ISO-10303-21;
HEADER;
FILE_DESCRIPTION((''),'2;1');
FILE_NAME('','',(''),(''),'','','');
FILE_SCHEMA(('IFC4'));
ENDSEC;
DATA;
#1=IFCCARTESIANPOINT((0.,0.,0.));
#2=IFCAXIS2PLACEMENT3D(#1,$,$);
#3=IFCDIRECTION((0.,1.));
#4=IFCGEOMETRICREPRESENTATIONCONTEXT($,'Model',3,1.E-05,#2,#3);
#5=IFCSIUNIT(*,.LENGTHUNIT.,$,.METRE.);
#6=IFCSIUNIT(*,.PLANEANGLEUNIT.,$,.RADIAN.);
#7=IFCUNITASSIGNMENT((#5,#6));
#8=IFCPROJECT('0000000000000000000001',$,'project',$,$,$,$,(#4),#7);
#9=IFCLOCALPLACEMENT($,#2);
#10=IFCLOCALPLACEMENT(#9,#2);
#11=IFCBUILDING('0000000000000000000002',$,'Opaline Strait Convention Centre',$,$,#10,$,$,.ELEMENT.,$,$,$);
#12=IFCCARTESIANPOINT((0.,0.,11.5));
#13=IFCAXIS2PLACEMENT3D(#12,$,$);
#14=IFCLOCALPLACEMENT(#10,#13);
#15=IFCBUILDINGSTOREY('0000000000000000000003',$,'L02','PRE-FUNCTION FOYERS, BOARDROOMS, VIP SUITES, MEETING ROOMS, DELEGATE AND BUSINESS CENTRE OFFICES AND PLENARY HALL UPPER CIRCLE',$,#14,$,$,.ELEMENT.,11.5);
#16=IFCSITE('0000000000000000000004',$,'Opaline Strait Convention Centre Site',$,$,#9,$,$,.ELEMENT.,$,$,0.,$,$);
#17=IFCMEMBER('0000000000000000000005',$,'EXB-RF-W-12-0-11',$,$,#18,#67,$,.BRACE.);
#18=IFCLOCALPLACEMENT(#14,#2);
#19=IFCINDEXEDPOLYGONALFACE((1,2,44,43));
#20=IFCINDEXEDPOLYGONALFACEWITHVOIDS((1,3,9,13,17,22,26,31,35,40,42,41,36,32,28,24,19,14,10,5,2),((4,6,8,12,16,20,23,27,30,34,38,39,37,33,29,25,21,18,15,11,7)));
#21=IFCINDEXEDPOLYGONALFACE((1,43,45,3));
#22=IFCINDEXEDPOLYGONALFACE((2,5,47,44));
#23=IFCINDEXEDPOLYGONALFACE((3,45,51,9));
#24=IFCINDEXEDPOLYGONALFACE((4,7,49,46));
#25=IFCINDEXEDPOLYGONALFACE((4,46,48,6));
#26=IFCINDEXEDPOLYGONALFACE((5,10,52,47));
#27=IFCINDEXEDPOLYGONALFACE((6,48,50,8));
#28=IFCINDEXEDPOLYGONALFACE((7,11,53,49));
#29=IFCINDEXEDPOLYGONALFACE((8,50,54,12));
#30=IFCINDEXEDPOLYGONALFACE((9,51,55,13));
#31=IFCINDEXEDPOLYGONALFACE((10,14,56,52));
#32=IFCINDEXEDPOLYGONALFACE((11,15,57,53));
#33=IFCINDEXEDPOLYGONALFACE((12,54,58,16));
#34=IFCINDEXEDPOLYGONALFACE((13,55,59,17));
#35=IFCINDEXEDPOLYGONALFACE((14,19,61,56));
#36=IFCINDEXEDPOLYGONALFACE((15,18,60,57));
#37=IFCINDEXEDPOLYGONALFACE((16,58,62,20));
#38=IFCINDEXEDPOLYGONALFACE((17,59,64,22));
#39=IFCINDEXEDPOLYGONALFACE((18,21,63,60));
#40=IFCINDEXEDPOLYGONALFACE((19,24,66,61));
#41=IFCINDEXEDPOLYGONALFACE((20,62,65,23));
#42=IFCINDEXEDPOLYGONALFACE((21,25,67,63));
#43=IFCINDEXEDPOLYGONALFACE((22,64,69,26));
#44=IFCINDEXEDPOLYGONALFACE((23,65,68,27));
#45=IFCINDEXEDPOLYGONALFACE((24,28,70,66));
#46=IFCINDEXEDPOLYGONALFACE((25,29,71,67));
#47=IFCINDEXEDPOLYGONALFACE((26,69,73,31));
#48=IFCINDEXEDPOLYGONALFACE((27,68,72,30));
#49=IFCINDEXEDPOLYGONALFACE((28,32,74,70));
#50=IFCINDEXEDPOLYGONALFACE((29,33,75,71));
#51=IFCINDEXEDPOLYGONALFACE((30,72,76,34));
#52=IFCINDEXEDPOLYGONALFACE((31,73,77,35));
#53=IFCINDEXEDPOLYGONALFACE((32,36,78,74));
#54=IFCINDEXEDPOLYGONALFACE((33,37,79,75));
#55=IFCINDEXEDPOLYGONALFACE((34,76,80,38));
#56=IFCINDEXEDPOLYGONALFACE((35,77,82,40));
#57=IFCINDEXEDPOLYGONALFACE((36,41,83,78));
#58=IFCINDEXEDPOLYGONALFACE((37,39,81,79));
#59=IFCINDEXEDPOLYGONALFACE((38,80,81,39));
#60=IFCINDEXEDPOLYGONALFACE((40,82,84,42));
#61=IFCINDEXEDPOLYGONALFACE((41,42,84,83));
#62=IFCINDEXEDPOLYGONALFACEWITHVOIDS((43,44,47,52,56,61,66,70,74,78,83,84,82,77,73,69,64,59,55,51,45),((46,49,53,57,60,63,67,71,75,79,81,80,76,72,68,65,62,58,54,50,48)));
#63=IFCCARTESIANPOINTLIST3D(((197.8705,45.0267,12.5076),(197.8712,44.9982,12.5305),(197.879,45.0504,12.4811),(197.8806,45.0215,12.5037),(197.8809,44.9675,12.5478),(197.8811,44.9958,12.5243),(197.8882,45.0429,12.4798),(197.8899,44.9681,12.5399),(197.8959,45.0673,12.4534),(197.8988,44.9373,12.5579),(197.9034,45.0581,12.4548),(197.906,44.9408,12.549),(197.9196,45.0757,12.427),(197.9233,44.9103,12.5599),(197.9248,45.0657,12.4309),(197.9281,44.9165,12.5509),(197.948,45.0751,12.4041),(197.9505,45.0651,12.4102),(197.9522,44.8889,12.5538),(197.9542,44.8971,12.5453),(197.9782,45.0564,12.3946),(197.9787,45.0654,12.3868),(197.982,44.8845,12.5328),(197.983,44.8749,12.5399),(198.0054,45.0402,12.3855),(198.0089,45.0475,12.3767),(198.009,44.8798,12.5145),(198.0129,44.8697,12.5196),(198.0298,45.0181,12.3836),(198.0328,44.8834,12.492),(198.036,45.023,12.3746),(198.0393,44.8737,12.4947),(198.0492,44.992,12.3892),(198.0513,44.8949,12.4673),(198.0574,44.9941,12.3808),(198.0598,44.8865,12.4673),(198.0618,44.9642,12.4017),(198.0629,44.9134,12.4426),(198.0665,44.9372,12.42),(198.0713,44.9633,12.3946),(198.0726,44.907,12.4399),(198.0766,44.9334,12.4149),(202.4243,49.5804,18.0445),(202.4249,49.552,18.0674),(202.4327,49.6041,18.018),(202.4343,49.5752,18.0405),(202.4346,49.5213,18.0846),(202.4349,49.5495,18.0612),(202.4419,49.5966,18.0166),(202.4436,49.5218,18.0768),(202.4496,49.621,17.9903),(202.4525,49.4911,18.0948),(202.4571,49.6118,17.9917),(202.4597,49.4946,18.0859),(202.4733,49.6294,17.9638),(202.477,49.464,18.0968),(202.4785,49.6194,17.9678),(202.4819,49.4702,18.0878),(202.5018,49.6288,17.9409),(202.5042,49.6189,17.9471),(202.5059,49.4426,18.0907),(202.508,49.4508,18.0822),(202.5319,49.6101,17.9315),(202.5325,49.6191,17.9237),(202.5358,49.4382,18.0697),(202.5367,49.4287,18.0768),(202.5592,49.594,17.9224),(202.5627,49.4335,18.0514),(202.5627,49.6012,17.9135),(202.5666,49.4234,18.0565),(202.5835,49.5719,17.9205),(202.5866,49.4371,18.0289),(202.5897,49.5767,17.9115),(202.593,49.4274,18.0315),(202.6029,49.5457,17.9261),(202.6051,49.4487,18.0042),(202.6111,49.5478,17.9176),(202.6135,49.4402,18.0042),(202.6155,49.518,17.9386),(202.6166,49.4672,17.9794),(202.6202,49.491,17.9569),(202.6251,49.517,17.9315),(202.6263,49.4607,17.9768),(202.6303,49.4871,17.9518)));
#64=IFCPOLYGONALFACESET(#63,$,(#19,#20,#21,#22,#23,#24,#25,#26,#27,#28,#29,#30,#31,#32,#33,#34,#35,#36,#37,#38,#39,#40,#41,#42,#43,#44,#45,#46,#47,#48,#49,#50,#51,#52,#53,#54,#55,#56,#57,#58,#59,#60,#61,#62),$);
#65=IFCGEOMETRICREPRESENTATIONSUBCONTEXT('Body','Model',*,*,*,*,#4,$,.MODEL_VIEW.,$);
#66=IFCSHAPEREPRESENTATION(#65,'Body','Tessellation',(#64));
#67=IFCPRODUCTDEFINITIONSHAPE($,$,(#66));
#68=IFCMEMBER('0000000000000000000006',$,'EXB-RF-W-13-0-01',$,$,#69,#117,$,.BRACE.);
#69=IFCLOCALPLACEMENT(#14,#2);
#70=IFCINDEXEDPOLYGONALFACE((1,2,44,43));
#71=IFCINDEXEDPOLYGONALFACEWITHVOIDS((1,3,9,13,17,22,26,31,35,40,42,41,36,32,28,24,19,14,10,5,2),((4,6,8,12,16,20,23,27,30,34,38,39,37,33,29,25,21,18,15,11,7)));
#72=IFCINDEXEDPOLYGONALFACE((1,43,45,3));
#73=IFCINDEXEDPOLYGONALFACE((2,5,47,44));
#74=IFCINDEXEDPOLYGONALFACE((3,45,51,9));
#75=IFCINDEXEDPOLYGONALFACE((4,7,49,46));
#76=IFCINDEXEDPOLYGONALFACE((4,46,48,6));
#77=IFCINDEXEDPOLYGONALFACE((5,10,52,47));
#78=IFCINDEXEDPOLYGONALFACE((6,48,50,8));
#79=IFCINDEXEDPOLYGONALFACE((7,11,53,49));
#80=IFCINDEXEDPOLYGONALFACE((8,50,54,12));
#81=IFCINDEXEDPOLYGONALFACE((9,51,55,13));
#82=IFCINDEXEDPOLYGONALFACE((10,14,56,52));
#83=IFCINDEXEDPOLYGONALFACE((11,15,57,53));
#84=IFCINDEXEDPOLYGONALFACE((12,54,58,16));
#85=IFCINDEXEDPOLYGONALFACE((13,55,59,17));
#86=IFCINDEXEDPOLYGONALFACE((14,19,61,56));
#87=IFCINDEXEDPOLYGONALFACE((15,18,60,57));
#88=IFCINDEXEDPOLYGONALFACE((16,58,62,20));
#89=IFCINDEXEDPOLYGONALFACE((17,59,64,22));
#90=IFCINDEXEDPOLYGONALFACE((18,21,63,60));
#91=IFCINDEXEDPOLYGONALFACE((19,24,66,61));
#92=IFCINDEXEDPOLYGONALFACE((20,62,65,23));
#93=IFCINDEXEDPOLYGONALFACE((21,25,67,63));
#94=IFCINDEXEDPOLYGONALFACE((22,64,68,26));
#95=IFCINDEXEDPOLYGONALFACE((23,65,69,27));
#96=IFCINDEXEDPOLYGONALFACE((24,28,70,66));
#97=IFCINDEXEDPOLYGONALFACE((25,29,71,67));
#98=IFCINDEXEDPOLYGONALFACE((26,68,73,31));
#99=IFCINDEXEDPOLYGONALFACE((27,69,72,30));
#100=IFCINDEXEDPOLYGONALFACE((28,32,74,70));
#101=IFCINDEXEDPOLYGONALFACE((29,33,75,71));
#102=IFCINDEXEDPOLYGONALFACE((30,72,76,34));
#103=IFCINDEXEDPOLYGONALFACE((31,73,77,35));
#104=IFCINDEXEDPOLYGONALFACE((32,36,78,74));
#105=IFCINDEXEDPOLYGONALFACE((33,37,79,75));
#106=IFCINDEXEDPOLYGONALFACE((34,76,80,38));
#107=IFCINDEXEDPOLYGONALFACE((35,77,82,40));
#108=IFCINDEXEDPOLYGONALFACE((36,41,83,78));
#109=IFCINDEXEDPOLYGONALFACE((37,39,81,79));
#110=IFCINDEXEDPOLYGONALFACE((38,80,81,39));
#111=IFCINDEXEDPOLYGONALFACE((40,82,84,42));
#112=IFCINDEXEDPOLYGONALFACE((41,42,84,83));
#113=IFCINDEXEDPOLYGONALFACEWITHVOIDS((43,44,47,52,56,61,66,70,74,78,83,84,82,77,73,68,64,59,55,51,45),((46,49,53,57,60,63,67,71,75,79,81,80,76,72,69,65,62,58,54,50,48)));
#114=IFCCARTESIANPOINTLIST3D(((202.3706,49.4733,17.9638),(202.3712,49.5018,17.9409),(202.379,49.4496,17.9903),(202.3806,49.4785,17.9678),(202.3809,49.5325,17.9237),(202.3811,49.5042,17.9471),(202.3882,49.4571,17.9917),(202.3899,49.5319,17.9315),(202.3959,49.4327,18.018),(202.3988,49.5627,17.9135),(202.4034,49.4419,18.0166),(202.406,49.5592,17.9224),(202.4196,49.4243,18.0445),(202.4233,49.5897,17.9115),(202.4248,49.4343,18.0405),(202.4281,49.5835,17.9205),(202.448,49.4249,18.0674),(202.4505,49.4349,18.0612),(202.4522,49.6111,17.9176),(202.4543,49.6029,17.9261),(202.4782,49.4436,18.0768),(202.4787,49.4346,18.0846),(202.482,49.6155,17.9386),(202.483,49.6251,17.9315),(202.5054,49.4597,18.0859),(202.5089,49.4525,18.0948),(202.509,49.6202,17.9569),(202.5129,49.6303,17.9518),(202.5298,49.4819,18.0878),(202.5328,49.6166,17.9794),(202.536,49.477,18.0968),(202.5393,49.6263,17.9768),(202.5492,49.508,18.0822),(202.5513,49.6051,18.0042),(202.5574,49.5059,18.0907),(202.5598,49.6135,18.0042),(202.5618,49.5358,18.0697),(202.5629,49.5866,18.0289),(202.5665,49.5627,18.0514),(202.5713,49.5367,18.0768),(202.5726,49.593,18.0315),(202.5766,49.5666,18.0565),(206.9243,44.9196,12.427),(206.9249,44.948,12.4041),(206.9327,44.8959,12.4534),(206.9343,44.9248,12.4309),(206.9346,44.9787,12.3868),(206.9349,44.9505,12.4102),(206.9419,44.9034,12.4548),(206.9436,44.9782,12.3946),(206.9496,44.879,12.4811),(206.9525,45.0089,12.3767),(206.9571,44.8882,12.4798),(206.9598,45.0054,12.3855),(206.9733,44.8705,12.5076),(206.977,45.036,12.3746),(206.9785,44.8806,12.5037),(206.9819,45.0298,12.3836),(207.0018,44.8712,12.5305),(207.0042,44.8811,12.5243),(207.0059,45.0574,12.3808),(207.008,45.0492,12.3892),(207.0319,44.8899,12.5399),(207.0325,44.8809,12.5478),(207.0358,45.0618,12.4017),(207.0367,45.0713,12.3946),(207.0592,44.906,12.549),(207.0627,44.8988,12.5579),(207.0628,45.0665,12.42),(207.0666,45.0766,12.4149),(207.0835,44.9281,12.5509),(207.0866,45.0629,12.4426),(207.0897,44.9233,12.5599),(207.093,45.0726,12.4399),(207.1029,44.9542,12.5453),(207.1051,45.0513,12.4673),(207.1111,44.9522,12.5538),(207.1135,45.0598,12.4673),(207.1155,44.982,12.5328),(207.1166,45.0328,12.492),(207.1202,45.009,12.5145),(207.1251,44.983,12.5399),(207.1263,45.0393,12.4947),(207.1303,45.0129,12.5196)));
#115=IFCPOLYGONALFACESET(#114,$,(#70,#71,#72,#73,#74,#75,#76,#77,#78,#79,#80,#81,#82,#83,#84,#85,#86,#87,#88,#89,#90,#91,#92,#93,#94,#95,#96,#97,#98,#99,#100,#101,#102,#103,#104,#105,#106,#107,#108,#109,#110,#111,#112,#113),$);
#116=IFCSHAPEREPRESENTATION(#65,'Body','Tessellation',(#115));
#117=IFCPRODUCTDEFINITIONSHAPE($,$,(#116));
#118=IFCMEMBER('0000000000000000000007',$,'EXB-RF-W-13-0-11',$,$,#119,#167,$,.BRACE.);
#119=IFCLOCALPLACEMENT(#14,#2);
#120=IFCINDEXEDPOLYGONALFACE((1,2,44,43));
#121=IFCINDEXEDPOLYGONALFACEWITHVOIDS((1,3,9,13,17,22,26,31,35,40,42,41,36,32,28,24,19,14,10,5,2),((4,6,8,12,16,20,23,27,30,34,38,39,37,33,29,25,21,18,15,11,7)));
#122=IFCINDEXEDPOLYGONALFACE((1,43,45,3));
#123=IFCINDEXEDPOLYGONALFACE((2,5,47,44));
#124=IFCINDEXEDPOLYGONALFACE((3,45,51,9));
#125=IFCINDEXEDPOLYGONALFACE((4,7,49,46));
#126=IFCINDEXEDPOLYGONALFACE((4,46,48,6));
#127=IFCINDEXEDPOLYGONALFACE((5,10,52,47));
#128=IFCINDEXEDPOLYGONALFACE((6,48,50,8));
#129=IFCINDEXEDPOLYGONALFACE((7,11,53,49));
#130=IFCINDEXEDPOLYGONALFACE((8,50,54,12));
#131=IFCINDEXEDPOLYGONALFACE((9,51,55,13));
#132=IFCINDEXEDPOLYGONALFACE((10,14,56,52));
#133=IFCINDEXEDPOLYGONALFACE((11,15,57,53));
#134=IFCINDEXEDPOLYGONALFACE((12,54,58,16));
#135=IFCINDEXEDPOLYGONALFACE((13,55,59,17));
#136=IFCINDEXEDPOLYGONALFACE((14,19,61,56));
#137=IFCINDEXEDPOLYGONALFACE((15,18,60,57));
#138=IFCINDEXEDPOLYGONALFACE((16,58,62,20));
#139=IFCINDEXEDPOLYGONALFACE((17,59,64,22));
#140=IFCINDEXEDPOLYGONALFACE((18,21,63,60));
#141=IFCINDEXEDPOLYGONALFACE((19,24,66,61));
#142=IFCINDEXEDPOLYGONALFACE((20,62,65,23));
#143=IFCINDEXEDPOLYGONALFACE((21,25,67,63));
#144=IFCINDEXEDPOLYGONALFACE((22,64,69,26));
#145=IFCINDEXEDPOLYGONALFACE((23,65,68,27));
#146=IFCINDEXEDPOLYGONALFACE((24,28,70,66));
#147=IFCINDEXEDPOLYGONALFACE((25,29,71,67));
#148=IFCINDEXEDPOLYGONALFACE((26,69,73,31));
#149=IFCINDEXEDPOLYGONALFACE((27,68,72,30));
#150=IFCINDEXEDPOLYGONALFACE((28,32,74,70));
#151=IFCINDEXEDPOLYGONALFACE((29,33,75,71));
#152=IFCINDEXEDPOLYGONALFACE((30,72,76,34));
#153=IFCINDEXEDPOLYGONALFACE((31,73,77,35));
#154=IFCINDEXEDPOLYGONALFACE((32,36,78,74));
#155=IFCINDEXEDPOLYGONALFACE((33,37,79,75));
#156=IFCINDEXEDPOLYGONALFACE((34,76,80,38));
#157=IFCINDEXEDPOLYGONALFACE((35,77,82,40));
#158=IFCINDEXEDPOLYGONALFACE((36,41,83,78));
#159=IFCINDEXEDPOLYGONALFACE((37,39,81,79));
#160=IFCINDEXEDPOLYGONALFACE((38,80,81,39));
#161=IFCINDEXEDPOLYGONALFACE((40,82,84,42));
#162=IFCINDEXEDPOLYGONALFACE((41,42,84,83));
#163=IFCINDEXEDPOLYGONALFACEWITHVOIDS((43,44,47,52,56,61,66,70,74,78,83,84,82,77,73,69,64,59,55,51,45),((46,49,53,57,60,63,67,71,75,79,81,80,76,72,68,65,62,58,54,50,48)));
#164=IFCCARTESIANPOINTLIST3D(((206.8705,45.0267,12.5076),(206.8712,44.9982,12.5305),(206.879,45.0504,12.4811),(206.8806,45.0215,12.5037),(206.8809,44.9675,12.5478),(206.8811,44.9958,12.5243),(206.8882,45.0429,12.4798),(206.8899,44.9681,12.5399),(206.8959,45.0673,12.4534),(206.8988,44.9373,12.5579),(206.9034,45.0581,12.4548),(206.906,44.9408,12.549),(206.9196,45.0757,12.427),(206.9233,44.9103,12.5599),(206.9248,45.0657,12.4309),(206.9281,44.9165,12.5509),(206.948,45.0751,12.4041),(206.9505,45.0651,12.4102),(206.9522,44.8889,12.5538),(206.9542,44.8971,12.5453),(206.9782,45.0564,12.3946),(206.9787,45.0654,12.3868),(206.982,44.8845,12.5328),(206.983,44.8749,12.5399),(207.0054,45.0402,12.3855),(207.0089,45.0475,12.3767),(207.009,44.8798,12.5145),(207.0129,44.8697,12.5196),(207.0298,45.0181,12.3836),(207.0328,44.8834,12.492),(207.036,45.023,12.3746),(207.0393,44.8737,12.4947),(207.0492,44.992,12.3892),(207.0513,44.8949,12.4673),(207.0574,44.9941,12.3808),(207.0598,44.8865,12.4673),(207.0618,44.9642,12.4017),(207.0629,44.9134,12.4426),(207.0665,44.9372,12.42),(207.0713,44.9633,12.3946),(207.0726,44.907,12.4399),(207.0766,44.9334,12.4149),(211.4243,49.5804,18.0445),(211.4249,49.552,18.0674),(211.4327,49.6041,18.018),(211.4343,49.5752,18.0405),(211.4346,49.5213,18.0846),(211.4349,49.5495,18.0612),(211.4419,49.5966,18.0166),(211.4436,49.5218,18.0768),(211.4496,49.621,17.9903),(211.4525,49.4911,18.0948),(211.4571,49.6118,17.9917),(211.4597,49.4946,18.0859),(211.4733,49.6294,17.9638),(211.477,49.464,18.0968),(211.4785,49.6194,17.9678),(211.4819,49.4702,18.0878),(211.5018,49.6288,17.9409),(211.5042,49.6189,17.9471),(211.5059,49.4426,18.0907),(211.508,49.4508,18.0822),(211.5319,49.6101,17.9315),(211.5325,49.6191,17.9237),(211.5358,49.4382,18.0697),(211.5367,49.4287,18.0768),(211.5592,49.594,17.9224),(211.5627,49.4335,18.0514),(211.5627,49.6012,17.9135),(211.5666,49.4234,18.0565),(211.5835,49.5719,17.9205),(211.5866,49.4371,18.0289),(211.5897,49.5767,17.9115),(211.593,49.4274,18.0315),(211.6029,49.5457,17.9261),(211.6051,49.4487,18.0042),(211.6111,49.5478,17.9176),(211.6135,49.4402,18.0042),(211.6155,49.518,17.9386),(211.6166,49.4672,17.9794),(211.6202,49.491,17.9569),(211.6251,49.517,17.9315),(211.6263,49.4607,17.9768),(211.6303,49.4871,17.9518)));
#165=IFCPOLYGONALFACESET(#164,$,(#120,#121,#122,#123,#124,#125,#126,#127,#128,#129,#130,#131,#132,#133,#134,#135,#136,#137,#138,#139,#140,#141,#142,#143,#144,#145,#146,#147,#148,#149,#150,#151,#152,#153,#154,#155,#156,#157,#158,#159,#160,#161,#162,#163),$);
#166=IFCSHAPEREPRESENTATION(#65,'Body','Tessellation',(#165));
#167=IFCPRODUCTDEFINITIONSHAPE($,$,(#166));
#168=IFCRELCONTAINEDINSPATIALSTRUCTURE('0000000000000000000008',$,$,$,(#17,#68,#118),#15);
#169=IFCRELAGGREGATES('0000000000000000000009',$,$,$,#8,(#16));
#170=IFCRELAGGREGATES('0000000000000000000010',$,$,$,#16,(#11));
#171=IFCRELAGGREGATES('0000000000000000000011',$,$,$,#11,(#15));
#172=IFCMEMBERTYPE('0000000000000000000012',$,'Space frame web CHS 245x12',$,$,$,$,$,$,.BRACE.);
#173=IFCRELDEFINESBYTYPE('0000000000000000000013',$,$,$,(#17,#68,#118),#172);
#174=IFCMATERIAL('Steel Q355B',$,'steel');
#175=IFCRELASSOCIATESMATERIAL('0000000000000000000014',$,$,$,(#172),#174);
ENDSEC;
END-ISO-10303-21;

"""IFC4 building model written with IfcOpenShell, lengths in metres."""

from ifc_helpers import new_model, si_unit, direction, frame, origin, origin_2d, place, context, subcontext, project, spatial, hollow_circle, extrude, material, material_profile, profile_set, type_object, element, save


model = new_model("IFC4")

# Units and contexts
model_context = context("Model", 3, precision=1e-05, world=origin(), true_north=direction((0.0, 1.0)))
body_context = subcontext(model_context, "Body", "Model", "MODEL_VIEW")
ifc_project = project(units=[si_unit("LENGTHUNIT", "METRE"), si_unit("PLANEANGLEUNIT", "RADIAN")], contexts=[model_context])

# Site, building, storey
site_placement = place(None, origin())
site = spatial("IfcSite", under=ifc_project, at=site_placement, Name="Opaline Strait Convention Centre Site", CompositionType="ELEMENT", RefElevation=0.0)
building_placement = place(site_placement, origin())
building = spatial("IfcBuilding", under=site, at=building_placement, Name="Opaline Strait Convention Centre", CompositionType="ELEMENT")
storey_placement = place(building_placement, frame((0.0, 0.0, 11.5)))
storey = spatial("IfcBuildingStorey", under=building, at=storey_placement, Name="L02", Description="PRE-FUNCTION FOYERS, BOARDROOMS, VIP SUITES, MEETING ROOMS, DELEGATE AND BUSINESS CENTRE OFFICES AND PLENARY HALL UPPER CIRCLE", CompositionType="ELEMENT", Elevation=11.5)

# Members
ifc_material_1 = material(Name="Steel Q355B", Category="steel")
ifc_material_profile_1 = material_profile(ifc_material_1, hollow_circle(Radius=0.1226, WallThickness=0.012, at=origin_2d()), Name="CHS 245x12")
ifc_profile_set_1 = profile_set([ifc_material_profile_1], Name="Steel Q355B")
member_type_1 = type_object("IfcMemberType", Name="Space frame web CHS 245x12", PredefinedType="BRACE", material=ifc_profile_set_1)
for number, where, z_axis, x_axis, name in (
    (1, (202.5269, 49.5269, 18.0042), (-0.536178, -0.536178, -0.65194), (0.707107, -0.707107, 0.0), "EXB-RF-W-12-0-11"),
    (2, (202.4731, 49.5269, 18.0042), (0.536178, -0.536178, -0.65194), (0.707107, 0.707107, 0.0), "EXB-RF-W-13-0-01"),
    (3, (211.5269, 49.5269, 18.0042), (-0.536178, -0.536178, -0.65194), (0.707107, -0.707107, 0.0), "EXB-RF-W-13-0-11"),
):
    element("IfcMember", number, at=place(storey_placement, frame(where, z_axis=z_axis, x_axis=x_axis)), inside=storey, type_object=member_type_1, Name=name, PredefinedType="BRACE", context=body_context, shape_type="SweptSolid", body=[
        extrude(hollow_circle(Radius=0.1226, WallThickness=0.012, at=origin_2d()), origin(), (0.0, 0.0, 1.0), 8.4929),
    ])

save(model, "model.ifc")
